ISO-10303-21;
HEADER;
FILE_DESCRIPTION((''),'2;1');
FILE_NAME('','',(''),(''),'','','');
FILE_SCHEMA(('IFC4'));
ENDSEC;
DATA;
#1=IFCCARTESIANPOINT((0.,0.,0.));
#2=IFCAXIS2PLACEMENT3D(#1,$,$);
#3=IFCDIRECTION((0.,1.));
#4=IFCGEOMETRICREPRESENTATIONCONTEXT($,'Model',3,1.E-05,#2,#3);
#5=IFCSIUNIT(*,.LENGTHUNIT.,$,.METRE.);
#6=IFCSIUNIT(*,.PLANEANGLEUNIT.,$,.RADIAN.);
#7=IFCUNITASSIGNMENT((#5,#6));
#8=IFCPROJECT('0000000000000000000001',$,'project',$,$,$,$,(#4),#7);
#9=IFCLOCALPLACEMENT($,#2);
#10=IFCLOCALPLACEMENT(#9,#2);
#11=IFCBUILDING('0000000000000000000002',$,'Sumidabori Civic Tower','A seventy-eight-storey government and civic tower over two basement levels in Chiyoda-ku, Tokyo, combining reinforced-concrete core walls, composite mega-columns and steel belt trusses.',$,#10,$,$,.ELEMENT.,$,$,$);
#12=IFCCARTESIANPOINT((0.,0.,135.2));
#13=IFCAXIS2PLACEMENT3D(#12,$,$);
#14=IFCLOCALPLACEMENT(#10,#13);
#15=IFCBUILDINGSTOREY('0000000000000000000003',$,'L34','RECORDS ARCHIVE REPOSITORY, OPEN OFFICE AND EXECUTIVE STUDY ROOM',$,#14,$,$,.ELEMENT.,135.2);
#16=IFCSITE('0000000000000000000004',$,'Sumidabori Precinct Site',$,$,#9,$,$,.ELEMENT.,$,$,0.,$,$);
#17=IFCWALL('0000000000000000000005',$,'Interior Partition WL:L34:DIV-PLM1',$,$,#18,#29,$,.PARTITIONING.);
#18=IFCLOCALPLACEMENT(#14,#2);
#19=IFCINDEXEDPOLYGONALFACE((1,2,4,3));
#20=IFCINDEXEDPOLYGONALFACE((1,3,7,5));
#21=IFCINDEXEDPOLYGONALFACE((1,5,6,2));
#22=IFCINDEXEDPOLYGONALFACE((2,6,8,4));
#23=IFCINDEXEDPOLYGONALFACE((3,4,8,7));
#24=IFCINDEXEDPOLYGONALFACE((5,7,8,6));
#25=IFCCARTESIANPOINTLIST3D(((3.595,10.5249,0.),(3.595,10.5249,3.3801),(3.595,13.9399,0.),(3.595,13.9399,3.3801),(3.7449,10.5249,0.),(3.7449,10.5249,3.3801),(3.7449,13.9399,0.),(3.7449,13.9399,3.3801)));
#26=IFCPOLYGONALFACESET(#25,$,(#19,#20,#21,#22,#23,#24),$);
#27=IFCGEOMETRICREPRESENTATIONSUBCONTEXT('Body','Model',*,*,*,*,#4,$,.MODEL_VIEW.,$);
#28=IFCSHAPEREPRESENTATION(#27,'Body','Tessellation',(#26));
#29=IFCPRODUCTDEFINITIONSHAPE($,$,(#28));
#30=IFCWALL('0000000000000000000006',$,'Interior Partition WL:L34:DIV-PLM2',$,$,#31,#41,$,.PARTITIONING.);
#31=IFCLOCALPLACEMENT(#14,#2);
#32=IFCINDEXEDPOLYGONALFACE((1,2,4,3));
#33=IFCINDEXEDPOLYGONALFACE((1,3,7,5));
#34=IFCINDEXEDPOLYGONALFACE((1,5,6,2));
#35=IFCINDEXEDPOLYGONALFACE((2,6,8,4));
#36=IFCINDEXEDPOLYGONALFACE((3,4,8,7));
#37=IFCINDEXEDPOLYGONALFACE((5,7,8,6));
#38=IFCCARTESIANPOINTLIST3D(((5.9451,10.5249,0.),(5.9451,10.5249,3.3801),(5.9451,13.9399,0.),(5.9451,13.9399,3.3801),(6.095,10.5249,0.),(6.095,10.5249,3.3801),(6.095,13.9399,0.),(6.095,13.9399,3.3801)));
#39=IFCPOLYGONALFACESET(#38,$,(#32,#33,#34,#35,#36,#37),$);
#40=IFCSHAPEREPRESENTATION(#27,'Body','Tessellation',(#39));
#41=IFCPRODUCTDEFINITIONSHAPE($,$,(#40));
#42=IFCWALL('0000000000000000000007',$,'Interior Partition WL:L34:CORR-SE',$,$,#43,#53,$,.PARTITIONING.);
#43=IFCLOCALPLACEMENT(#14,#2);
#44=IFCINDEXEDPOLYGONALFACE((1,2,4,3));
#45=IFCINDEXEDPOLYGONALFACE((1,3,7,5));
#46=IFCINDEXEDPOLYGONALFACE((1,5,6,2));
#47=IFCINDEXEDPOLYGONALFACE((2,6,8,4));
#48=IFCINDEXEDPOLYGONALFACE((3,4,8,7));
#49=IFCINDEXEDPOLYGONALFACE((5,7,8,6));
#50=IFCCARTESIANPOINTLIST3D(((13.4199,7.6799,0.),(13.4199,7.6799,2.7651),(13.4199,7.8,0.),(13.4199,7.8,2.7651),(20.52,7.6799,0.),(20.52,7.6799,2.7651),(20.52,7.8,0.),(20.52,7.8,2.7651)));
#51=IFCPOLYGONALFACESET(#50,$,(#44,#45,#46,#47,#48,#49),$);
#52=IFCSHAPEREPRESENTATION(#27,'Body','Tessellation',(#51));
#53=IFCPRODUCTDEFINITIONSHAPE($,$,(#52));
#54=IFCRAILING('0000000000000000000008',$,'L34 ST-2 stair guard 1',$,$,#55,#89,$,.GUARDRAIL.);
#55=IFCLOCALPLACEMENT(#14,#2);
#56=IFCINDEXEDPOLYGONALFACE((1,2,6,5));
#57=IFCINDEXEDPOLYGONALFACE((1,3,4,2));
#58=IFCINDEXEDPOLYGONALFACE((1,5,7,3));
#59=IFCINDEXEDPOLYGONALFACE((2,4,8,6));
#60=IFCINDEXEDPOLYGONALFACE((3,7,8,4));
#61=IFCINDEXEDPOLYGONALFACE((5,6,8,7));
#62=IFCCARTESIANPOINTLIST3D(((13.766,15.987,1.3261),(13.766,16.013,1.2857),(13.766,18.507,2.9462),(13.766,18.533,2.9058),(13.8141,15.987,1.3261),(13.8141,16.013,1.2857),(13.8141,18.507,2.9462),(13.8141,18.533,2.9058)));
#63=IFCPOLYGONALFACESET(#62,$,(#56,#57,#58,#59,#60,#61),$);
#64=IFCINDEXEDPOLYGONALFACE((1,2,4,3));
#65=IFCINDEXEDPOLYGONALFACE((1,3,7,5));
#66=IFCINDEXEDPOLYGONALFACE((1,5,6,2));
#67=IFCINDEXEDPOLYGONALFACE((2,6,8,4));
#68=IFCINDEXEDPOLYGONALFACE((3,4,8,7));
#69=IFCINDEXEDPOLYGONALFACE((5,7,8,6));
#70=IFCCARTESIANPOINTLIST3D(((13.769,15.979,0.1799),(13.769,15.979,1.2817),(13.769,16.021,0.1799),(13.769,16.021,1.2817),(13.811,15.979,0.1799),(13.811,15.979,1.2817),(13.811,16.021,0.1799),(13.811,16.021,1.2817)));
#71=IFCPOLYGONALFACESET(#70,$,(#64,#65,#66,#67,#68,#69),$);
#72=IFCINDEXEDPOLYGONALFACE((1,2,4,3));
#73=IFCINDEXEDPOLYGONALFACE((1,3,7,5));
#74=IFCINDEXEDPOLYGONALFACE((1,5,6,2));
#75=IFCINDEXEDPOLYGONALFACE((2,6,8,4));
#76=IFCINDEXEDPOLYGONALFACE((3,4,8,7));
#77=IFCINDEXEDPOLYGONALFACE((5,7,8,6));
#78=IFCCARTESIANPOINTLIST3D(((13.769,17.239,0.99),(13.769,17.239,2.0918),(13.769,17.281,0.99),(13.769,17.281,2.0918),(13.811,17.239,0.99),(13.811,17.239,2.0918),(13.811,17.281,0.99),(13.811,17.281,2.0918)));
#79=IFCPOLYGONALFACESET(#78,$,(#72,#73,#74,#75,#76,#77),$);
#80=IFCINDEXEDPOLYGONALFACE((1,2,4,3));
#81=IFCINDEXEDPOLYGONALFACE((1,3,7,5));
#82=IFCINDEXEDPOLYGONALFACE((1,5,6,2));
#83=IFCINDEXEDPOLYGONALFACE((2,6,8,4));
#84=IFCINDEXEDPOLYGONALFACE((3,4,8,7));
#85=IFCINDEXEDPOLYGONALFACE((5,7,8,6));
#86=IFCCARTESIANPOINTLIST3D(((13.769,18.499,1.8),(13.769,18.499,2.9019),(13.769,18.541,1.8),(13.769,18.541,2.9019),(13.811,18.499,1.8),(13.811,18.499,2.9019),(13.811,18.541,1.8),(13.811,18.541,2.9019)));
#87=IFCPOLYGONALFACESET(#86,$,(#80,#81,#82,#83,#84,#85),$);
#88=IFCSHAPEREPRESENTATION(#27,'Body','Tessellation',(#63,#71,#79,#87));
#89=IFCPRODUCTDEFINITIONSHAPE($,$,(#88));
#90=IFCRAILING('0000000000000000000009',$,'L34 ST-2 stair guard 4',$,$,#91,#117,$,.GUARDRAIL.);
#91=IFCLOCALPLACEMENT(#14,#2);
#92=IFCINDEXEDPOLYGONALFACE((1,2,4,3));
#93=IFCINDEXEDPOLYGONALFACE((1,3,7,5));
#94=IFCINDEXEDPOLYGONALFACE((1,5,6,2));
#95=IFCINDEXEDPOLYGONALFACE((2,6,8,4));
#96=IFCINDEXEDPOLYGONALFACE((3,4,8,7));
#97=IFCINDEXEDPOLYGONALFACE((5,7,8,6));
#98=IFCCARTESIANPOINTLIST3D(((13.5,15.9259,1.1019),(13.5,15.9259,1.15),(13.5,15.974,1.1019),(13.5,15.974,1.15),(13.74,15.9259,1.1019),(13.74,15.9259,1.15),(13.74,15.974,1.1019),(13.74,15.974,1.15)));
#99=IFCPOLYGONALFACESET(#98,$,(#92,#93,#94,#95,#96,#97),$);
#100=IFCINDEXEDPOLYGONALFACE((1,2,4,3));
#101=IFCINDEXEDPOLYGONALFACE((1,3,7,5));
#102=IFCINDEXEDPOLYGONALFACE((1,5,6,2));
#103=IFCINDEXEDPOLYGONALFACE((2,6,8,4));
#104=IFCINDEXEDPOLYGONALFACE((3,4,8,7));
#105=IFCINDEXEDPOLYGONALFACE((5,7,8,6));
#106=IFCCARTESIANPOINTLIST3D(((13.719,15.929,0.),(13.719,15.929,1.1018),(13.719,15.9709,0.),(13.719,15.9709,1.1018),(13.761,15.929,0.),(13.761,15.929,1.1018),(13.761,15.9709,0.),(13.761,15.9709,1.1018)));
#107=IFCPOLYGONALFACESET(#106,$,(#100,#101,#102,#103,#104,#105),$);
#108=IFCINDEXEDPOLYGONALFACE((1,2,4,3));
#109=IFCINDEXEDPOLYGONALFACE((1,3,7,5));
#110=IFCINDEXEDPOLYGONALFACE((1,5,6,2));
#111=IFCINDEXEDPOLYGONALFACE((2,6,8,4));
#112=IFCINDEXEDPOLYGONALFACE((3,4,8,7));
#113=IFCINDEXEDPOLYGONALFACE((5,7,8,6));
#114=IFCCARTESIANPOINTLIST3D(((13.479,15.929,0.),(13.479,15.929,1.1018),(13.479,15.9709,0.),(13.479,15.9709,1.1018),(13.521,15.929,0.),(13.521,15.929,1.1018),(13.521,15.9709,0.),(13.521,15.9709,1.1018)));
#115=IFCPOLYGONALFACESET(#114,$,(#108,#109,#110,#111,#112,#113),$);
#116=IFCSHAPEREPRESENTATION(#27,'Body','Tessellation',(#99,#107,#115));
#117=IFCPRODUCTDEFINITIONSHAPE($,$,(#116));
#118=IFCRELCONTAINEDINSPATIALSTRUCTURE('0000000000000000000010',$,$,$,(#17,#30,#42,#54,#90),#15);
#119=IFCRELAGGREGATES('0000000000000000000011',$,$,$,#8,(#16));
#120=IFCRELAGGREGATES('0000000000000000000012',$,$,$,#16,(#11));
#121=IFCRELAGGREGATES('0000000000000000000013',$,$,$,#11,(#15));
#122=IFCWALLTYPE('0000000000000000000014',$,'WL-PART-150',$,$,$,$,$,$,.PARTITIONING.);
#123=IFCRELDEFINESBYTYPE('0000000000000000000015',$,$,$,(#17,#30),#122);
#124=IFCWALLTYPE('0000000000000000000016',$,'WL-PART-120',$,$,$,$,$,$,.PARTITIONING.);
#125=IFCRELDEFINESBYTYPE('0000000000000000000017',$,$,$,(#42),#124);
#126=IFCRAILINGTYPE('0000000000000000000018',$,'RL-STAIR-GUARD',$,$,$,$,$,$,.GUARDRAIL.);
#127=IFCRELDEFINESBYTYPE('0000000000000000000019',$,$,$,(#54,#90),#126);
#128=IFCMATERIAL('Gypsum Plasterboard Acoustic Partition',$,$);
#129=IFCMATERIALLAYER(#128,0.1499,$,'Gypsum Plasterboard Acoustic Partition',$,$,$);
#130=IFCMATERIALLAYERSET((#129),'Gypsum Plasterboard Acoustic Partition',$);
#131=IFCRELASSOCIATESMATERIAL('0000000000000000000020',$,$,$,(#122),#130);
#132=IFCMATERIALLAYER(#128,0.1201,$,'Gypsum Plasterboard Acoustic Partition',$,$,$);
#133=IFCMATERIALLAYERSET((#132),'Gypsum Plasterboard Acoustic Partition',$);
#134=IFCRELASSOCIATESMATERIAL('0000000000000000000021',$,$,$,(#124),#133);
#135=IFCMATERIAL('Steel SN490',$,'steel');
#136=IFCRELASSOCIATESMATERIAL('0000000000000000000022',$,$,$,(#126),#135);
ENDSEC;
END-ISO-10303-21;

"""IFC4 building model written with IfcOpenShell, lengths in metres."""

from ifc_helpers import new_model, si_unit, direction, frame, frame_2d, origin, origin_2d, place, context, subcontext, project, spatial, rectangle, extrude, source, transform, mapped, material, layer, layer_set, type_object, element, save


model = new_model("IFC4")

# Units and contexts
model_context = context("Model", 3, precision=1e-05, world=origin(), true_north=direction((0.0, 1.0)))
body_context = subcontext(model_context, "Body", "Model", "MODEL_VIEW")
ifc_project = project(units=[si_unit("LENGTHUNIT", "METRE"), si_unit("PLANEANGLEUNIT", "RADIAN")], contexts=[model_context])

# Site, building, storey
site_placement = place(None, origin())
site = spatial("IfcSite", under=ifc_project, at=site_placement, Name="Sumidabori Precinct Site", CompositionType="ELEMENT", RefElevation=0.0)
building_placement = place(site_placement, origin())
building = spatial("IfcBuilding", under=site, at=building_placement, Name="Sumidabori Civic Tower", Description="A seventy-eight-storey government and civic tower over two basement levels in Chiyoda-ku, Tokyo, combining reinforced-concrete core walls, composite mega-columns and steel belt trusses.", CompositionType="ELEMENT")
storey_placement = place(building_placement, frame((0.0, 0.0, 135.2)))
storey = spatial("IfcBuildingStorey", under=building, at=storey_placement, Name="L34", Description="RECORDS ARCHIVE REPOSITORY, OPEN OFFICE AND EXECUTIVE STUDY ROOM", CompositionType="ELEMENT", Elevation=135.2)

# Shared definitions
ifc_material_1 = material(Name="Steel SN490", Category="steel")

# Walls
ifc_material_2 = material(Name="Gypsum Plasterboard Acoustic Partition")
ifc_layer_1 = layer(ifc_material_2, 0.1499, Name="Gypsum Plasterboard Acoustic Partition")
ifc_layer_set_1 = layer_set([ifc_layer_1], Name="Gypsum Plasterboard Acoustic Partition")
wall_type_1 = type_object("IfcWallType", Name="WL-PART-150", PredefinedType="PARTITIONING", material=ifc_layer_set_1)
shared_shape_1 = source(origin(), body_context, "Body", "SweptSolid", [
    extrude(rectangle(XDim=3.415, YDim=0.1499, at=frame_2d((1.7075, 0.0))), origin(), (0.0, 0.0, 1.0), 3.3801),
])
for number, where, z_axis, x_axis, name in (
    (1, (3.6699, 10.5249, 0.0), (0.0, 0.0, 1.0), (0.0, 1.0, 0.0), "Interior Partition WL:L34:DIV-PLM1"),
    (2, (6.02, 10.5249, 0.0), (0.0, 0.0, 1.0), (0.0, 1.0, 0.0), "Interior Partition WL:L34:DIV-PLM2"),
):
    element("IfcWall", number, at=place(storey_placement, frame(where, z_axis=z_axis, x_axis=x_axis)), inside=storey, type_object=wall_type_1, Name=name, PredefinedType="PARTITIONING", context=body_context, shape_type="MappedRepresentation", body=[
        mapped(shared_shape_1, transform((0.0, 0.0, 0.0), x_axis=(1.0, 0.0, 0.0), y_axis=(0.0, 1.0, 0.0), z_axis=(0.0, 0.0, 1.0), scale=1.0)),
    ])
ifc_layer_2 = layer(ifc_material_2, 0.1201, Name="Gypsum Plasterboard Acoustic Partition")
ifc_layer_set_2 = layer_set([ifc_layer_2], Name="Gypsum Plasterboard Acoustic Partition")
wall_type_2 = type_object("IfcWallType", Name="WL-PART-120", PredefinedType="PARTITIONING", material=ifc_layer_set_2)
shared_shape_2 = source(origin(), body_context, "Body", "SweptSolid", [
    extrude(rectangle(XDim=7.1001, YDim=0.1201, at=frame_2d((3.55, 0.0))), origin(), (0.0, 0.0, 1.0), 2.7651),
])
wall_1_placement = place(storey_placement, frame((13.4199, 7.74, 0.0), z_axis=(0.0, 0.0, 1.0), x_axis=(1.0, 0.0, 0.0)))
element("IfcWall", 3, at=wall_1_placement, inside=storey, type_object=wall_type_2, Name="Interior Partition WL:L34:CORR-SE", PredefinedType="PARTITIONING", context=body_context, shape_type="MappedRepresentation", body=[
    mapped(shared_shape_2, transform((0.0, 0.0, 0.0), x_axis=(1.0, 0.0, 0.0), y_axis=(0.0, 1.0, 0.0), z_axis=(0.0, 0.0, 1.0), scale=1.0)),
])

# Railings
railing_type = type_object("IfcRailingType", Name="RL-STAIR-GUARD", PredefinedType="GUARDRAIL", material=ifc_material_1)
railing_1_placement = place(storey_placement, frame((13.79, 16.0, 0.1799)))
element("IfcRailing", 4, at=railing_1_placement, inside=storey, type_object=railing_type, Name="L34 ST-2 stair guard 1", PredefinedType="GUARDRAIL", context=body_context, shape_type="SweptSolid", body=[
    extrude(rectangle(XDim=0.0481, YDim=0.0481, at=origin_2d()), frame((0.0, 0.0, 1.126), z_axis=(0.0, 0.841163, 0.540782), x_axis=(-1.0, 0.0, 0.0)), (0.0, 0.0, 1.0), 2.9958),
    extrude(rectangle(XDim=0.042, YDim=0.042, at=origin_2d()), origin(), (0.0, 0.0, 1.0), 1.1018),
    extrude(rectangle(XDim=0.042, YDim=0.042, at=origin_2d()), frame((0.0, 1.26, 0.8101)), (0.0, 0.0, 1.0), 1.1018),
    extrude(rectangle(XDim=0.042, YDim=0.042, at=origin_2d()), frame((0.0, 2.52, 1.6201)), (0.0, 0.0, 1.0), 1.1018),
])
railing_2_placement = place(storey_placement, frame((13.74, 15.95, 0.0)))
element("IfcRailing", 5, at=railing_2_placement, inside=storey, type_object=railing_type, Name="L34 ST-2 stair guard 4", PredefinedType="GUARDRAIL", context=body_context, shape_type="SweptSolid", body=[
    extrude(rectangle(XDim=0.0481, YDim=0.0481, at=origin_2d()), frame((0.0, 0.0, 1.126), z_axis=(-1.0, 0.0, 0.0), x_axis=(0.0, -1.0, 0.0)), (0.0, 0.0, 1.0), 0.24),
    extrude(rectangle(XDim=0.042, YDim=0.042, at=origin_2d()), origin(), (0.0, 0.0, 1.0), 1.1018),
    extrude(rectangle(XDim=0.042, YDim=0.042, at=origin_2d()), frame((-0.24, 0.0, 0.0)), (0.0, 0.0, 1.0), 1.1018),
])

save(model, "model.ifc")
